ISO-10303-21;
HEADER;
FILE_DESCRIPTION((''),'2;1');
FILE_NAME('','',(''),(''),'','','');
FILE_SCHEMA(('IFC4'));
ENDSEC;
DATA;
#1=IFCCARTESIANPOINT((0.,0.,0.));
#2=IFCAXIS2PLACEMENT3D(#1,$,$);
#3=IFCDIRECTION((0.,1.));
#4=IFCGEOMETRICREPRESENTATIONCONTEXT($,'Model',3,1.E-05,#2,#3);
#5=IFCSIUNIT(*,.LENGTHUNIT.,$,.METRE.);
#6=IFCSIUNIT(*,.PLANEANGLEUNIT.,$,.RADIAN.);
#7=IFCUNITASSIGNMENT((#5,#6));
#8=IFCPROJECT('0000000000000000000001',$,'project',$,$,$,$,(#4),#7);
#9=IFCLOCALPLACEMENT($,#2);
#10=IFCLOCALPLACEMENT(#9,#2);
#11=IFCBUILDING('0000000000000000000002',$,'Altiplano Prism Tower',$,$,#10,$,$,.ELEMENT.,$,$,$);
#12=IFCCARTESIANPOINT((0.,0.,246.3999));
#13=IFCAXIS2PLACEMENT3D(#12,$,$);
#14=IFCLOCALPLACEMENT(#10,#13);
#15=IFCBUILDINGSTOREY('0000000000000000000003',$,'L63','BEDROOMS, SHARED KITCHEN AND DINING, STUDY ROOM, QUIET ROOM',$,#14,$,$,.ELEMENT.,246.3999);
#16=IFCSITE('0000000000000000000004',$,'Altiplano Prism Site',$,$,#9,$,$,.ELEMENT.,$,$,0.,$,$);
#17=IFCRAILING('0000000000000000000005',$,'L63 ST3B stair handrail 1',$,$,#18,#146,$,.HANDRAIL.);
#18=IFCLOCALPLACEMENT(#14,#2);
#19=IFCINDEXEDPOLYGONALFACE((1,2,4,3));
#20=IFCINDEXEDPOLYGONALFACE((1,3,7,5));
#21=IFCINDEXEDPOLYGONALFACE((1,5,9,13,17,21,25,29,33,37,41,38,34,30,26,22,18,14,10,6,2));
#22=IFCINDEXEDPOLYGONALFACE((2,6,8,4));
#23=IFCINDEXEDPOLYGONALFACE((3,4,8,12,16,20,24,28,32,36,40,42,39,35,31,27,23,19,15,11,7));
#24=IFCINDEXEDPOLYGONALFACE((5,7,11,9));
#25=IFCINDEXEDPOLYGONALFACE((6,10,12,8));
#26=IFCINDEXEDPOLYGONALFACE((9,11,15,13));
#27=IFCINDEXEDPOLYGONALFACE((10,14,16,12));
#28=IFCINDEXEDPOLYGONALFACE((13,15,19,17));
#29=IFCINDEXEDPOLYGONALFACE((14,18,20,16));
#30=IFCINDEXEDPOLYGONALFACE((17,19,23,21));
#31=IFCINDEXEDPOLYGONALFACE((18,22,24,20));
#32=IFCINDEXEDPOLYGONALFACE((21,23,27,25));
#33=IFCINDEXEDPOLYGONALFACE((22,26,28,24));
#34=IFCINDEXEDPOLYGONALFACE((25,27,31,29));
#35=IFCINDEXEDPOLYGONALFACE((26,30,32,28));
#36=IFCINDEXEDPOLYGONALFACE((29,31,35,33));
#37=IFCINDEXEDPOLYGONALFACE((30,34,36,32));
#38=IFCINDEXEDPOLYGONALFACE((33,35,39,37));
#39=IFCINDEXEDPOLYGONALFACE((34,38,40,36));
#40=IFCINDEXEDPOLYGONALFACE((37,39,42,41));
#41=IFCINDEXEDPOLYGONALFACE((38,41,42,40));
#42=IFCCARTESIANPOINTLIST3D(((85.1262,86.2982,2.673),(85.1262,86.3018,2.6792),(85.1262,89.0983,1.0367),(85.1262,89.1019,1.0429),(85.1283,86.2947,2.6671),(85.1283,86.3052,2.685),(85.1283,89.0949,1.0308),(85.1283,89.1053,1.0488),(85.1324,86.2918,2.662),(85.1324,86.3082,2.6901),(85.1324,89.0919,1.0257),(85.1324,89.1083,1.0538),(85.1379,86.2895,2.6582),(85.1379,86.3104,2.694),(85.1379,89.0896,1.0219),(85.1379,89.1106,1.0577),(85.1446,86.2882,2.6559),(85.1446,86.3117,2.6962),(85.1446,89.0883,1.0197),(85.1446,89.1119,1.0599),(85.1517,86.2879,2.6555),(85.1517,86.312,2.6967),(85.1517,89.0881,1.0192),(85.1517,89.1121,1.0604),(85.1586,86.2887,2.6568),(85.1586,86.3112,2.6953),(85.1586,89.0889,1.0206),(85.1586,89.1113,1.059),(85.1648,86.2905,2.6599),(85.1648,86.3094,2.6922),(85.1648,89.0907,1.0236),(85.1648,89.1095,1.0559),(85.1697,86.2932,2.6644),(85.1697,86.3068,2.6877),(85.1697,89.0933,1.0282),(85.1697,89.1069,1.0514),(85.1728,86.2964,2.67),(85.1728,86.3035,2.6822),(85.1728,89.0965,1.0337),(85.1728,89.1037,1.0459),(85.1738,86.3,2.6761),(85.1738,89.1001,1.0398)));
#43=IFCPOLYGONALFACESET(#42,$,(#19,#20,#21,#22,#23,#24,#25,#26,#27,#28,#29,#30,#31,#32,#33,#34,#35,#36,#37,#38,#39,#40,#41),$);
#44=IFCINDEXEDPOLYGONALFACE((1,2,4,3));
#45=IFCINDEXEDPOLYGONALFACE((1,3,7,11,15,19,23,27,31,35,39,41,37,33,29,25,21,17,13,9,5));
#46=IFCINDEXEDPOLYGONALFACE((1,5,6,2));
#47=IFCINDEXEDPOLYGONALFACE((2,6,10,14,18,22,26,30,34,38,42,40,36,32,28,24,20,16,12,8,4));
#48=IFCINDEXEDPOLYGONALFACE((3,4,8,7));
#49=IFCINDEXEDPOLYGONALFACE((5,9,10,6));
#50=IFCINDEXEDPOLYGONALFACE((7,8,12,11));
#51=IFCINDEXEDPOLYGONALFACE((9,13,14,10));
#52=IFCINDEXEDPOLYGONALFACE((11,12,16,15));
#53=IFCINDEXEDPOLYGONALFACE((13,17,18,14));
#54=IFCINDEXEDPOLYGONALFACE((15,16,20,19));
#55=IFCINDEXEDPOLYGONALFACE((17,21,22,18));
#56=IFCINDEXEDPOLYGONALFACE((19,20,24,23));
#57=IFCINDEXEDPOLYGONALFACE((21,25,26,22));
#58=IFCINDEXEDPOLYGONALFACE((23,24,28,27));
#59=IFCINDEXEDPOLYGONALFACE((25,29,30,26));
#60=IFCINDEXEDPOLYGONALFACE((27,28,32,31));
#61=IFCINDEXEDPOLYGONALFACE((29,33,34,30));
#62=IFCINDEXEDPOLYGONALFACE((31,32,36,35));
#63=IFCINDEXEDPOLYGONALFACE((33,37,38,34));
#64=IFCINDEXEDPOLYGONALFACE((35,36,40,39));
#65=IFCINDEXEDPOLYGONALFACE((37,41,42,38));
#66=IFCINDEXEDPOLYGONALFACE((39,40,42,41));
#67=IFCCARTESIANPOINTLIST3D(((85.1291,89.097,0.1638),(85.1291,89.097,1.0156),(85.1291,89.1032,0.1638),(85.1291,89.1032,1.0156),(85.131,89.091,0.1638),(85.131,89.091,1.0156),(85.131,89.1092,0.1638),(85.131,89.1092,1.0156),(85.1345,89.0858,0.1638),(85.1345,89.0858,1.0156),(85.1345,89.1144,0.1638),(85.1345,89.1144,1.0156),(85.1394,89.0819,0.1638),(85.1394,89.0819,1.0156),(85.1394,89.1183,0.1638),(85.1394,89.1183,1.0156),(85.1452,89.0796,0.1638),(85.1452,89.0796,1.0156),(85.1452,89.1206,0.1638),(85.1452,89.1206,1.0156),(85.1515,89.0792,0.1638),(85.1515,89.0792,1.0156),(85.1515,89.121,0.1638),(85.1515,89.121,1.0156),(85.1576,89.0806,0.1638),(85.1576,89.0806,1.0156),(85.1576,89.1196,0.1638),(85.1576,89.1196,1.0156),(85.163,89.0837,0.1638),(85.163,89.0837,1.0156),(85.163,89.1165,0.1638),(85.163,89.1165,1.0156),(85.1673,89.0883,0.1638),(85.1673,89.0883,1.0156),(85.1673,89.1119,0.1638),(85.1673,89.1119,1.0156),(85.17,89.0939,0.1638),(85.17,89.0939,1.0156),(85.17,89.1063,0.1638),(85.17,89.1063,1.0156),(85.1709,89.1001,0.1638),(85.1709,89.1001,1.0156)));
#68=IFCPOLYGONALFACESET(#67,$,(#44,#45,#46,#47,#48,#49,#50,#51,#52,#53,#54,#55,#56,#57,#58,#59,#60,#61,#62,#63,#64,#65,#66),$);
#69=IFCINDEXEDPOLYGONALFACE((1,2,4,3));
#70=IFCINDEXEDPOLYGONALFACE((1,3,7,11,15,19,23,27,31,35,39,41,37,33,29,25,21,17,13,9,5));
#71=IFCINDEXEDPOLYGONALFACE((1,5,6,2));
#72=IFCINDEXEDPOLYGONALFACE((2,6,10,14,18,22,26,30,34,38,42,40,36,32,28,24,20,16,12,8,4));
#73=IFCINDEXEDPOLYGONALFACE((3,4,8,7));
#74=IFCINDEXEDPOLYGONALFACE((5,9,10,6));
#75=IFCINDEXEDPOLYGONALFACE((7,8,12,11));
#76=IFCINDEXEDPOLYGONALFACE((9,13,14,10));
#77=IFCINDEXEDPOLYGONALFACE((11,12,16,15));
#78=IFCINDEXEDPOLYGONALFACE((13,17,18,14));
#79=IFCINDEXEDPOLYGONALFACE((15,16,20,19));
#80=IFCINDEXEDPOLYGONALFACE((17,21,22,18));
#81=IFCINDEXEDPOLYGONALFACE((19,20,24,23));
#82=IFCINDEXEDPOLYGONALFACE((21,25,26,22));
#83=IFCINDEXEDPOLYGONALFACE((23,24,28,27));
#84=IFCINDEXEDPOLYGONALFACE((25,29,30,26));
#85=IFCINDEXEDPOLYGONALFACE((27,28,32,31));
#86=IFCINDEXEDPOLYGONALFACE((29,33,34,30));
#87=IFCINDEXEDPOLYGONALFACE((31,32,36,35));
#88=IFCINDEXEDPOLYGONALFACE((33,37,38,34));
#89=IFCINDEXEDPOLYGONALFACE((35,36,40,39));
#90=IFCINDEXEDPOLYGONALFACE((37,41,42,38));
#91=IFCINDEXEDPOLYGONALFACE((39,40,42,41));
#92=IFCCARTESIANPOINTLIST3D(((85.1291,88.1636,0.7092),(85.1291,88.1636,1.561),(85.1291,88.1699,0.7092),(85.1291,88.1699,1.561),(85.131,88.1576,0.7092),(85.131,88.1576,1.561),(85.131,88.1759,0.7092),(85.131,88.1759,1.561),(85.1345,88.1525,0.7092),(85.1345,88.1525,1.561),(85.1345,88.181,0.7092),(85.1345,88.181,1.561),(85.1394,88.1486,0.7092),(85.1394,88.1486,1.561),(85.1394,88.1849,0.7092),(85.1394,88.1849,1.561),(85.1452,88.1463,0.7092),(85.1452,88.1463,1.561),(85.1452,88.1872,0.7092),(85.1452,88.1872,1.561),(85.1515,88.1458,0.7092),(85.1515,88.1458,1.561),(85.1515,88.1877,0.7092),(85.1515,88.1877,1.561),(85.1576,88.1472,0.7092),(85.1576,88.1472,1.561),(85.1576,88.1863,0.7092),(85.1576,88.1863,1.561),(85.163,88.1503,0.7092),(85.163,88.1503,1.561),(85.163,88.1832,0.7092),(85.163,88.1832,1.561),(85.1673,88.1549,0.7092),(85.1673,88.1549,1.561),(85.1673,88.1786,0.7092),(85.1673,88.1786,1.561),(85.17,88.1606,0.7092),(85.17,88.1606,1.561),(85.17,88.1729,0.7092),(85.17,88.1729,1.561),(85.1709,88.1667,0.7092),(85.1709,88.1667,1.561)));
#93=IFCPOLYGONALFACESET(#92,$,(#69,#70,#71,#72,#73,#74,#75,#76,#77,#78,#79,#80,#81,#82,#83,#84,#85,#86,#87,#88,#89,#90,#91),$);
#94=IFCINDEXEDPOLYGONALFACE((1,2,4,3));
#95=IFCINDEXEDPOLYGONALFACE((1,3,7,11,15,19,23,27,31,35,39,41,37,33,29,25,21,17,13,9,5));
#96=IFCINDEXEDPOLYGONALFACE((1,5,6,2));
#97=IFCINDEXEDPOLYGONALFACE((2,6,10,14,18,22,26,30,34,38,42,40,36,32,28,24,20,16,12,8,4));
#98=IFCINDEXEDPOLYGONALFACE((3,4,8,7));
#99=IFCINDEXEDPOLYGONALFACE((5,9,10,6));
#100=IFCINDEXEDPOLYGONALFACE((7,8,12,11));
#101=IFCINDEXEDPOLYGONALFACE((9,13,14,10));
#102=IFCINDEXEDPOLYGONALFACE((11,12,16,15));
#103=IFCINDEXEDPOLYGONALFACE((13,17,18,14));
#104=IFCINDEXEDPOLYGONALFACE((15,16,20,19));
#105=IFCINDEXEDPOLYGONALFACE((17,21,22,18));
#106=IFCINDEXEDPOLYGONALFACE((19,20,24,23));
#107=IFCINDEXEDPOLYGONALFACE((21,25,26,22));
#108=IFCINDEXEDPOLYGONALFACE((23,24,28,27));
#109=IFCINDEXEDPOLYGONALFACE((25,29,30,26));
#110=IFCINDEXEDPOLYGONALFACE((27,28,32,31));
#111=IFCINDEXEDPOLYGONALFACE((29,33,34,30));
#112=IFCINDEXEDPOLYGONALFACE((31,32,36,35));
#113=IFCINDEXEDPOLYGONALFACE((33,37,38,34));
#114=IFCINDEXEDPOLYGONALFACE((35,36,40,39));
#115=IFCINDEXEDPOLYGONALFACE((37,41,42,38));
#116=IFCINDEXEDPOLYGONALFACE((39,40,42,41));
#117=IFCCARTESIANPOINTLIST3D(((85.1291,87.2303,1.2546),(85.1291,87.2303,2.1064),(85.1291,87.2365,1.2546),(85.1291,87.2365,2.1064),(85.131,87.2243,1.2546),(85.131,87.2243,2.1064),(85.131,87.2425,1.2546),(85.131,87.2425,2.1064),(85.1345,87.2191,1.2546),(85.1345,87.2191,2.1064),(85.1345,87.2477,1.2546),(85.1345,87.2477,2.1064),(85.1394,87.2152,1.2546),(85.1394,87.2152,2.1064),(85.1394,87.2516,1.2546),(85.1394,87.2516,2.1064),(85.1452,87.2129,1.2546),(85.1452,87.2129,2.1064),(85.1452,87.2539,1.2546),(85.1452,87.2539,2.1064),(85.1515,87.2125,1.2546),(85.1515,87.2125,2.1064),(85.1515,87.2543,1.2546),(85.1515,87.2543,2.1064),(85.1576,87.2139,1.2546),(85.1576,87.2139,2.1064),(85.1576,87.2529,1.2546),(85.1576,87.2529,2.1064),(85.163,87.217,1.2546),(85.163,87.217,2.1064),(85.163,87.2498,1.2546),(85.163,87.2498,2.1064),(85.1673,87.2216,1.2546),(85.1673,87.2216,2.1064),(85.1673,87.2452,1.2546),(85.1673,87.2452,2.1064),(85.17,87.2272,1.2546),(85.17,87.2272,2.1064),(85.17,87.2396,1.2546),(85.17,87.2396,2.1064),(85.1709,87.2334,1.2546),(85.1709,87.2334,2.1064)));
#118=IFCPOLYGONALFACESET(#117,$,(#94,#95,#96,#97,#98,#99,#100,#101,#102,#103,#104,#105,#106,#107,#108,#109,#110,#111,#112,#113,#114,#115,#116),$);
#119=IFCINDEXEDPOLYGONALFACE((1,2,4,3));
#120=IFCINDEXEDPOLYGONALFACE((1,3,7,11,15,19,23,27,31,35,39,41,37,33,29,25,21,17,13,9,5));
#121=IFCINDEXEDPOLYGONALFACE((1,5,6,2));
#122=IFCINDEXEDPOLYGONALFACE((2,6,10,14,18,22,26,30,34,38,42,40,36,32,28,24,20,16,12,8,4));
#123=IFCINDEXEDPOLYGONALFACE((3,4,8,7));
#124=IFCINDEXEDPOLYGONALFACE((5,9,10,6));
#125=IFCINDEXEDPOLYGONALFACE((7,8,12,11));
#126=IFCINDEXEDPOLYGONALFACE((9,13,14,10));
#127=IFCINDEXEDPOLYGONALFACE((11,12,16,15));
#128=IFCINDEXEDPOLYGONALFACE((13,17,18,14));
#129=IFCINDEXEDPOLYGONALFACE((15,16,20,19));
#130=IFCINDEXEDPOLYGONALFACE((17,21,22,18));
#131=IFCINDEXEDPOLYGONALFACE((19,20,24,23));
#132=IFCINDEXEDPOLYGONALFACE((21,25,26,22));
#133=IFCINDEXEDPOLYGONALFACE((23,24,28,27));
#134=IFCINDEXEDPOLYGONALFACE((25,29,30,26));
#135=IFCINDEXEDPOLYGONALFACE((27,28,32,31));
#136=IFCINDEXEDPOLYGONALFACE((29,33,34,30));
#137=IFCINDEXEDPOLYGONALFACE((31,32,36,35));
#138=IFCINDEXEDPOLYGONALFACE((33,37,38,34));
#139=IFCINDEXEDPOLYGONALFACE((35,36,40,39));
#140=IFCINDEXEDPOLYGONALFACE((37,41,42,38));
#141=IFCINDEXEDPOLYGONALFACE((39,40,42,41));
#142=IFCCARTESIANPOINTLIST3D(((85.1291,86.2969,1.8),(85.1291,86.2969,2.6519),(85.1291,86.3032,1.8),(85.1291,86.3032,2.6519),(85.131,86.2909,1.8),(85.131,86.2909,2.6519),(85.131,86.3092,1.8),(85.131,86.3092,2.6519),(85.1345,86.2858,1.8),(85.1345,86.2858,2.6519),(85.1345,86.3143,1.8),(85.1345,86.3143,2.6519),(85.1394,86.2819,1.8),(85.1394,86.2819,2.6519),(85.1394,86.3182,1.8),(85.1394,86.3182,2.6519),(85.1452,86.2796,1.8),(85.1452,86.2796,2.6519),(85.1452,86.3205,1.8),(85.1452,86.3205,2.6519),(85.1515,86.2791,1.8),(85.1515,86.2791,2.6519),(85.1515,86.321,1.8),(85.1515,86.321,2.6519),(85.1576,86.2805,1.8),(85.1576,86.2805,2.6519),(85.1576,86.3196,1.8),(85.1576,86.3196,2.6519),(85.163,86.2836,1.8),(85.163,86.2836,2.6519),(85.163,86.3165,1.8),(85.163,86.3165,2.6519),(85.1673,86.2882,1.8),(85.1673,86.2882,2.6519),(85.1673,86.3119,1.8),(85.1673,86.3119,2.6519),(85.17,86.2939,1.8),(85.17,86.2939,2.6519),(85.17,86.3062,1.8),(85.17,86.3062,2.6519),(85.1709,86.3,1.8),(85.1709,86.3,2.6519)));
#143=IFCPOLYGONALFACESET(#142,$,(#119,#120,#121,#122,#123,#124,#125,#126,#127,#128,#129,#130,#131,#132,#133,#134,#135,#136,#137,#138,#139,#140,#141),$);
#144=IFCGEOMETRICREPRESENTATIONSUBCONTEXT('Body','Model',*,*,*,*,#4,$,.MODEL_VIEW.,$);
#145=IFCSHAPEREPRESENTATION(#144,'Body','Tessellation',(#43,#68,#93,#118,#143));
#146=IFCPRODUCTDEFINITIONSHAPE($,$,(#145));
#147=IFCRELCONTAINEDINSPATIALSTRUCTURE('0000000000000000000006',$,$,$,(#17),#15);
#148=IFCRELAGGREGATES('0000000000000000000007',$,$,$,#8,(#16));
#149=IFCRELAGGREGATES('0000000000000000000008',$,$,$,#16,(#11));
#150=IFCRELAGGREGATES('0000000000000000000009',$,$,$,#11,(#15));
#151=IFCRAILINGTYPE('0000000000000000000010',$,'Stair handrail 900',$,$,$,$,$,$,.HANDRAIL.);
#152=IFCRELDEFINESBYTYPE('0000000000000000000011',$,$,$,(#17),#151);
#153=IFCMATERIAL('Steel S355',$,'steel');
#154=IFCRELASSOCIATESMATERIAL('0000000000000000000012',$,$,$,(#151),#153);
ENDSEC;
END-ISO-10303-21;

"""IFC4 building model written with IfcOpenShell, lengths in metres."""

from ifc_helpers import new_model, si_unit, direction, frame, origin, origin_2d, place, context, subcontext, project, spatial, circle, extrude, material, type_object, element, save


model = new_model("IFC4")

# Units and contexts
model_context = context("Model", 3, precision=1e-05, world=origin(), true_north=direction((0.0, 1.0)))
body_context = subcontext(model_context, "Body", "Model", "MODEL_VIEW")
ifc_project = project(units=[si_unit("LENGTHUNIT", "METRE"), si_unit("PLANEANGLEUNIT", "RADIAN")], contexts=[model_context])

# Site, building, storey
site_placement = place(None, origin())
site = spatial("IfcSite", under=ifc_project, at=site_placement, Name="Altiplano Prism Site", CompositionType="ELEMENT", RefElevation=0.0)
building_placement = place(site_placement, origin())
building = spatial("IfcBuilding", under=site, at=building_placement, Name="Altiplano Prism Tower", CompositionType="ELEMENT")
storey_placement = place(building_placement, frame((0.0, 0.0, 246.3999)))
storey = spatial("IfcBuildingStorey", under=building, at=storey_placement, Name="L63", Description="BEDROOMS, SHARED KITCHEN AND DINING, STUDY ROOM, QUIET ROOM", CompositionType="ELEMENT", Elevation=246.3999)

# Railing
ifc_material_1 = material(Name="Steel S355", Category="steel")
railing_type = type_object("IfcRailingType", Name="Stair handrail 900", PredefinedType="HANDRAIL", material=ifc_material_1)
railing_1_placement = place(storey_placement, frame((85.1499, 89.1001, 0.1638)))
element("IfcRailing", 1, at=railing_1_placement, inside=storey, type_object=railing_type, Name="L63 ST3B stair handrail 1", PredefinedType="HANDRAIL", context=body_context, shape_type="SweptSolid", body=[
    extrude(circle(Radius=0.0239, at=origin_2d()), frame((0.0, 0.0, 0.876), z_axis=(0.0, -0.863394, 0.504531), x_axis=(1.0, 0.0, 0.0)), (0.0, 0.0, 1.0), 3.2432),
    extrude(circle(Radius=0.021, at=origin_2d()), origin(), (0.0, 0.0, 1.0), 0.8518),
    extrude(circle(Radius=0.021, at=origin_2d()), frame((0.0, -0.9333, 0.5454)), (0.0, 0.0, 1.0), 0.8518),
    extrude(circle(Radius=0.021, at=origin_2d()), frame((0.0, -1.8667, 1.0908)), (0.0, 0.0, 1.0), 0.8518),
    extrude(circle(Radius=0.021, at=origin_2d()), frame((0.0, -2.8, 1.6362)), (0.0, 0.0, 1.0), 0.8518),
])

save(model, "model.ifc")
